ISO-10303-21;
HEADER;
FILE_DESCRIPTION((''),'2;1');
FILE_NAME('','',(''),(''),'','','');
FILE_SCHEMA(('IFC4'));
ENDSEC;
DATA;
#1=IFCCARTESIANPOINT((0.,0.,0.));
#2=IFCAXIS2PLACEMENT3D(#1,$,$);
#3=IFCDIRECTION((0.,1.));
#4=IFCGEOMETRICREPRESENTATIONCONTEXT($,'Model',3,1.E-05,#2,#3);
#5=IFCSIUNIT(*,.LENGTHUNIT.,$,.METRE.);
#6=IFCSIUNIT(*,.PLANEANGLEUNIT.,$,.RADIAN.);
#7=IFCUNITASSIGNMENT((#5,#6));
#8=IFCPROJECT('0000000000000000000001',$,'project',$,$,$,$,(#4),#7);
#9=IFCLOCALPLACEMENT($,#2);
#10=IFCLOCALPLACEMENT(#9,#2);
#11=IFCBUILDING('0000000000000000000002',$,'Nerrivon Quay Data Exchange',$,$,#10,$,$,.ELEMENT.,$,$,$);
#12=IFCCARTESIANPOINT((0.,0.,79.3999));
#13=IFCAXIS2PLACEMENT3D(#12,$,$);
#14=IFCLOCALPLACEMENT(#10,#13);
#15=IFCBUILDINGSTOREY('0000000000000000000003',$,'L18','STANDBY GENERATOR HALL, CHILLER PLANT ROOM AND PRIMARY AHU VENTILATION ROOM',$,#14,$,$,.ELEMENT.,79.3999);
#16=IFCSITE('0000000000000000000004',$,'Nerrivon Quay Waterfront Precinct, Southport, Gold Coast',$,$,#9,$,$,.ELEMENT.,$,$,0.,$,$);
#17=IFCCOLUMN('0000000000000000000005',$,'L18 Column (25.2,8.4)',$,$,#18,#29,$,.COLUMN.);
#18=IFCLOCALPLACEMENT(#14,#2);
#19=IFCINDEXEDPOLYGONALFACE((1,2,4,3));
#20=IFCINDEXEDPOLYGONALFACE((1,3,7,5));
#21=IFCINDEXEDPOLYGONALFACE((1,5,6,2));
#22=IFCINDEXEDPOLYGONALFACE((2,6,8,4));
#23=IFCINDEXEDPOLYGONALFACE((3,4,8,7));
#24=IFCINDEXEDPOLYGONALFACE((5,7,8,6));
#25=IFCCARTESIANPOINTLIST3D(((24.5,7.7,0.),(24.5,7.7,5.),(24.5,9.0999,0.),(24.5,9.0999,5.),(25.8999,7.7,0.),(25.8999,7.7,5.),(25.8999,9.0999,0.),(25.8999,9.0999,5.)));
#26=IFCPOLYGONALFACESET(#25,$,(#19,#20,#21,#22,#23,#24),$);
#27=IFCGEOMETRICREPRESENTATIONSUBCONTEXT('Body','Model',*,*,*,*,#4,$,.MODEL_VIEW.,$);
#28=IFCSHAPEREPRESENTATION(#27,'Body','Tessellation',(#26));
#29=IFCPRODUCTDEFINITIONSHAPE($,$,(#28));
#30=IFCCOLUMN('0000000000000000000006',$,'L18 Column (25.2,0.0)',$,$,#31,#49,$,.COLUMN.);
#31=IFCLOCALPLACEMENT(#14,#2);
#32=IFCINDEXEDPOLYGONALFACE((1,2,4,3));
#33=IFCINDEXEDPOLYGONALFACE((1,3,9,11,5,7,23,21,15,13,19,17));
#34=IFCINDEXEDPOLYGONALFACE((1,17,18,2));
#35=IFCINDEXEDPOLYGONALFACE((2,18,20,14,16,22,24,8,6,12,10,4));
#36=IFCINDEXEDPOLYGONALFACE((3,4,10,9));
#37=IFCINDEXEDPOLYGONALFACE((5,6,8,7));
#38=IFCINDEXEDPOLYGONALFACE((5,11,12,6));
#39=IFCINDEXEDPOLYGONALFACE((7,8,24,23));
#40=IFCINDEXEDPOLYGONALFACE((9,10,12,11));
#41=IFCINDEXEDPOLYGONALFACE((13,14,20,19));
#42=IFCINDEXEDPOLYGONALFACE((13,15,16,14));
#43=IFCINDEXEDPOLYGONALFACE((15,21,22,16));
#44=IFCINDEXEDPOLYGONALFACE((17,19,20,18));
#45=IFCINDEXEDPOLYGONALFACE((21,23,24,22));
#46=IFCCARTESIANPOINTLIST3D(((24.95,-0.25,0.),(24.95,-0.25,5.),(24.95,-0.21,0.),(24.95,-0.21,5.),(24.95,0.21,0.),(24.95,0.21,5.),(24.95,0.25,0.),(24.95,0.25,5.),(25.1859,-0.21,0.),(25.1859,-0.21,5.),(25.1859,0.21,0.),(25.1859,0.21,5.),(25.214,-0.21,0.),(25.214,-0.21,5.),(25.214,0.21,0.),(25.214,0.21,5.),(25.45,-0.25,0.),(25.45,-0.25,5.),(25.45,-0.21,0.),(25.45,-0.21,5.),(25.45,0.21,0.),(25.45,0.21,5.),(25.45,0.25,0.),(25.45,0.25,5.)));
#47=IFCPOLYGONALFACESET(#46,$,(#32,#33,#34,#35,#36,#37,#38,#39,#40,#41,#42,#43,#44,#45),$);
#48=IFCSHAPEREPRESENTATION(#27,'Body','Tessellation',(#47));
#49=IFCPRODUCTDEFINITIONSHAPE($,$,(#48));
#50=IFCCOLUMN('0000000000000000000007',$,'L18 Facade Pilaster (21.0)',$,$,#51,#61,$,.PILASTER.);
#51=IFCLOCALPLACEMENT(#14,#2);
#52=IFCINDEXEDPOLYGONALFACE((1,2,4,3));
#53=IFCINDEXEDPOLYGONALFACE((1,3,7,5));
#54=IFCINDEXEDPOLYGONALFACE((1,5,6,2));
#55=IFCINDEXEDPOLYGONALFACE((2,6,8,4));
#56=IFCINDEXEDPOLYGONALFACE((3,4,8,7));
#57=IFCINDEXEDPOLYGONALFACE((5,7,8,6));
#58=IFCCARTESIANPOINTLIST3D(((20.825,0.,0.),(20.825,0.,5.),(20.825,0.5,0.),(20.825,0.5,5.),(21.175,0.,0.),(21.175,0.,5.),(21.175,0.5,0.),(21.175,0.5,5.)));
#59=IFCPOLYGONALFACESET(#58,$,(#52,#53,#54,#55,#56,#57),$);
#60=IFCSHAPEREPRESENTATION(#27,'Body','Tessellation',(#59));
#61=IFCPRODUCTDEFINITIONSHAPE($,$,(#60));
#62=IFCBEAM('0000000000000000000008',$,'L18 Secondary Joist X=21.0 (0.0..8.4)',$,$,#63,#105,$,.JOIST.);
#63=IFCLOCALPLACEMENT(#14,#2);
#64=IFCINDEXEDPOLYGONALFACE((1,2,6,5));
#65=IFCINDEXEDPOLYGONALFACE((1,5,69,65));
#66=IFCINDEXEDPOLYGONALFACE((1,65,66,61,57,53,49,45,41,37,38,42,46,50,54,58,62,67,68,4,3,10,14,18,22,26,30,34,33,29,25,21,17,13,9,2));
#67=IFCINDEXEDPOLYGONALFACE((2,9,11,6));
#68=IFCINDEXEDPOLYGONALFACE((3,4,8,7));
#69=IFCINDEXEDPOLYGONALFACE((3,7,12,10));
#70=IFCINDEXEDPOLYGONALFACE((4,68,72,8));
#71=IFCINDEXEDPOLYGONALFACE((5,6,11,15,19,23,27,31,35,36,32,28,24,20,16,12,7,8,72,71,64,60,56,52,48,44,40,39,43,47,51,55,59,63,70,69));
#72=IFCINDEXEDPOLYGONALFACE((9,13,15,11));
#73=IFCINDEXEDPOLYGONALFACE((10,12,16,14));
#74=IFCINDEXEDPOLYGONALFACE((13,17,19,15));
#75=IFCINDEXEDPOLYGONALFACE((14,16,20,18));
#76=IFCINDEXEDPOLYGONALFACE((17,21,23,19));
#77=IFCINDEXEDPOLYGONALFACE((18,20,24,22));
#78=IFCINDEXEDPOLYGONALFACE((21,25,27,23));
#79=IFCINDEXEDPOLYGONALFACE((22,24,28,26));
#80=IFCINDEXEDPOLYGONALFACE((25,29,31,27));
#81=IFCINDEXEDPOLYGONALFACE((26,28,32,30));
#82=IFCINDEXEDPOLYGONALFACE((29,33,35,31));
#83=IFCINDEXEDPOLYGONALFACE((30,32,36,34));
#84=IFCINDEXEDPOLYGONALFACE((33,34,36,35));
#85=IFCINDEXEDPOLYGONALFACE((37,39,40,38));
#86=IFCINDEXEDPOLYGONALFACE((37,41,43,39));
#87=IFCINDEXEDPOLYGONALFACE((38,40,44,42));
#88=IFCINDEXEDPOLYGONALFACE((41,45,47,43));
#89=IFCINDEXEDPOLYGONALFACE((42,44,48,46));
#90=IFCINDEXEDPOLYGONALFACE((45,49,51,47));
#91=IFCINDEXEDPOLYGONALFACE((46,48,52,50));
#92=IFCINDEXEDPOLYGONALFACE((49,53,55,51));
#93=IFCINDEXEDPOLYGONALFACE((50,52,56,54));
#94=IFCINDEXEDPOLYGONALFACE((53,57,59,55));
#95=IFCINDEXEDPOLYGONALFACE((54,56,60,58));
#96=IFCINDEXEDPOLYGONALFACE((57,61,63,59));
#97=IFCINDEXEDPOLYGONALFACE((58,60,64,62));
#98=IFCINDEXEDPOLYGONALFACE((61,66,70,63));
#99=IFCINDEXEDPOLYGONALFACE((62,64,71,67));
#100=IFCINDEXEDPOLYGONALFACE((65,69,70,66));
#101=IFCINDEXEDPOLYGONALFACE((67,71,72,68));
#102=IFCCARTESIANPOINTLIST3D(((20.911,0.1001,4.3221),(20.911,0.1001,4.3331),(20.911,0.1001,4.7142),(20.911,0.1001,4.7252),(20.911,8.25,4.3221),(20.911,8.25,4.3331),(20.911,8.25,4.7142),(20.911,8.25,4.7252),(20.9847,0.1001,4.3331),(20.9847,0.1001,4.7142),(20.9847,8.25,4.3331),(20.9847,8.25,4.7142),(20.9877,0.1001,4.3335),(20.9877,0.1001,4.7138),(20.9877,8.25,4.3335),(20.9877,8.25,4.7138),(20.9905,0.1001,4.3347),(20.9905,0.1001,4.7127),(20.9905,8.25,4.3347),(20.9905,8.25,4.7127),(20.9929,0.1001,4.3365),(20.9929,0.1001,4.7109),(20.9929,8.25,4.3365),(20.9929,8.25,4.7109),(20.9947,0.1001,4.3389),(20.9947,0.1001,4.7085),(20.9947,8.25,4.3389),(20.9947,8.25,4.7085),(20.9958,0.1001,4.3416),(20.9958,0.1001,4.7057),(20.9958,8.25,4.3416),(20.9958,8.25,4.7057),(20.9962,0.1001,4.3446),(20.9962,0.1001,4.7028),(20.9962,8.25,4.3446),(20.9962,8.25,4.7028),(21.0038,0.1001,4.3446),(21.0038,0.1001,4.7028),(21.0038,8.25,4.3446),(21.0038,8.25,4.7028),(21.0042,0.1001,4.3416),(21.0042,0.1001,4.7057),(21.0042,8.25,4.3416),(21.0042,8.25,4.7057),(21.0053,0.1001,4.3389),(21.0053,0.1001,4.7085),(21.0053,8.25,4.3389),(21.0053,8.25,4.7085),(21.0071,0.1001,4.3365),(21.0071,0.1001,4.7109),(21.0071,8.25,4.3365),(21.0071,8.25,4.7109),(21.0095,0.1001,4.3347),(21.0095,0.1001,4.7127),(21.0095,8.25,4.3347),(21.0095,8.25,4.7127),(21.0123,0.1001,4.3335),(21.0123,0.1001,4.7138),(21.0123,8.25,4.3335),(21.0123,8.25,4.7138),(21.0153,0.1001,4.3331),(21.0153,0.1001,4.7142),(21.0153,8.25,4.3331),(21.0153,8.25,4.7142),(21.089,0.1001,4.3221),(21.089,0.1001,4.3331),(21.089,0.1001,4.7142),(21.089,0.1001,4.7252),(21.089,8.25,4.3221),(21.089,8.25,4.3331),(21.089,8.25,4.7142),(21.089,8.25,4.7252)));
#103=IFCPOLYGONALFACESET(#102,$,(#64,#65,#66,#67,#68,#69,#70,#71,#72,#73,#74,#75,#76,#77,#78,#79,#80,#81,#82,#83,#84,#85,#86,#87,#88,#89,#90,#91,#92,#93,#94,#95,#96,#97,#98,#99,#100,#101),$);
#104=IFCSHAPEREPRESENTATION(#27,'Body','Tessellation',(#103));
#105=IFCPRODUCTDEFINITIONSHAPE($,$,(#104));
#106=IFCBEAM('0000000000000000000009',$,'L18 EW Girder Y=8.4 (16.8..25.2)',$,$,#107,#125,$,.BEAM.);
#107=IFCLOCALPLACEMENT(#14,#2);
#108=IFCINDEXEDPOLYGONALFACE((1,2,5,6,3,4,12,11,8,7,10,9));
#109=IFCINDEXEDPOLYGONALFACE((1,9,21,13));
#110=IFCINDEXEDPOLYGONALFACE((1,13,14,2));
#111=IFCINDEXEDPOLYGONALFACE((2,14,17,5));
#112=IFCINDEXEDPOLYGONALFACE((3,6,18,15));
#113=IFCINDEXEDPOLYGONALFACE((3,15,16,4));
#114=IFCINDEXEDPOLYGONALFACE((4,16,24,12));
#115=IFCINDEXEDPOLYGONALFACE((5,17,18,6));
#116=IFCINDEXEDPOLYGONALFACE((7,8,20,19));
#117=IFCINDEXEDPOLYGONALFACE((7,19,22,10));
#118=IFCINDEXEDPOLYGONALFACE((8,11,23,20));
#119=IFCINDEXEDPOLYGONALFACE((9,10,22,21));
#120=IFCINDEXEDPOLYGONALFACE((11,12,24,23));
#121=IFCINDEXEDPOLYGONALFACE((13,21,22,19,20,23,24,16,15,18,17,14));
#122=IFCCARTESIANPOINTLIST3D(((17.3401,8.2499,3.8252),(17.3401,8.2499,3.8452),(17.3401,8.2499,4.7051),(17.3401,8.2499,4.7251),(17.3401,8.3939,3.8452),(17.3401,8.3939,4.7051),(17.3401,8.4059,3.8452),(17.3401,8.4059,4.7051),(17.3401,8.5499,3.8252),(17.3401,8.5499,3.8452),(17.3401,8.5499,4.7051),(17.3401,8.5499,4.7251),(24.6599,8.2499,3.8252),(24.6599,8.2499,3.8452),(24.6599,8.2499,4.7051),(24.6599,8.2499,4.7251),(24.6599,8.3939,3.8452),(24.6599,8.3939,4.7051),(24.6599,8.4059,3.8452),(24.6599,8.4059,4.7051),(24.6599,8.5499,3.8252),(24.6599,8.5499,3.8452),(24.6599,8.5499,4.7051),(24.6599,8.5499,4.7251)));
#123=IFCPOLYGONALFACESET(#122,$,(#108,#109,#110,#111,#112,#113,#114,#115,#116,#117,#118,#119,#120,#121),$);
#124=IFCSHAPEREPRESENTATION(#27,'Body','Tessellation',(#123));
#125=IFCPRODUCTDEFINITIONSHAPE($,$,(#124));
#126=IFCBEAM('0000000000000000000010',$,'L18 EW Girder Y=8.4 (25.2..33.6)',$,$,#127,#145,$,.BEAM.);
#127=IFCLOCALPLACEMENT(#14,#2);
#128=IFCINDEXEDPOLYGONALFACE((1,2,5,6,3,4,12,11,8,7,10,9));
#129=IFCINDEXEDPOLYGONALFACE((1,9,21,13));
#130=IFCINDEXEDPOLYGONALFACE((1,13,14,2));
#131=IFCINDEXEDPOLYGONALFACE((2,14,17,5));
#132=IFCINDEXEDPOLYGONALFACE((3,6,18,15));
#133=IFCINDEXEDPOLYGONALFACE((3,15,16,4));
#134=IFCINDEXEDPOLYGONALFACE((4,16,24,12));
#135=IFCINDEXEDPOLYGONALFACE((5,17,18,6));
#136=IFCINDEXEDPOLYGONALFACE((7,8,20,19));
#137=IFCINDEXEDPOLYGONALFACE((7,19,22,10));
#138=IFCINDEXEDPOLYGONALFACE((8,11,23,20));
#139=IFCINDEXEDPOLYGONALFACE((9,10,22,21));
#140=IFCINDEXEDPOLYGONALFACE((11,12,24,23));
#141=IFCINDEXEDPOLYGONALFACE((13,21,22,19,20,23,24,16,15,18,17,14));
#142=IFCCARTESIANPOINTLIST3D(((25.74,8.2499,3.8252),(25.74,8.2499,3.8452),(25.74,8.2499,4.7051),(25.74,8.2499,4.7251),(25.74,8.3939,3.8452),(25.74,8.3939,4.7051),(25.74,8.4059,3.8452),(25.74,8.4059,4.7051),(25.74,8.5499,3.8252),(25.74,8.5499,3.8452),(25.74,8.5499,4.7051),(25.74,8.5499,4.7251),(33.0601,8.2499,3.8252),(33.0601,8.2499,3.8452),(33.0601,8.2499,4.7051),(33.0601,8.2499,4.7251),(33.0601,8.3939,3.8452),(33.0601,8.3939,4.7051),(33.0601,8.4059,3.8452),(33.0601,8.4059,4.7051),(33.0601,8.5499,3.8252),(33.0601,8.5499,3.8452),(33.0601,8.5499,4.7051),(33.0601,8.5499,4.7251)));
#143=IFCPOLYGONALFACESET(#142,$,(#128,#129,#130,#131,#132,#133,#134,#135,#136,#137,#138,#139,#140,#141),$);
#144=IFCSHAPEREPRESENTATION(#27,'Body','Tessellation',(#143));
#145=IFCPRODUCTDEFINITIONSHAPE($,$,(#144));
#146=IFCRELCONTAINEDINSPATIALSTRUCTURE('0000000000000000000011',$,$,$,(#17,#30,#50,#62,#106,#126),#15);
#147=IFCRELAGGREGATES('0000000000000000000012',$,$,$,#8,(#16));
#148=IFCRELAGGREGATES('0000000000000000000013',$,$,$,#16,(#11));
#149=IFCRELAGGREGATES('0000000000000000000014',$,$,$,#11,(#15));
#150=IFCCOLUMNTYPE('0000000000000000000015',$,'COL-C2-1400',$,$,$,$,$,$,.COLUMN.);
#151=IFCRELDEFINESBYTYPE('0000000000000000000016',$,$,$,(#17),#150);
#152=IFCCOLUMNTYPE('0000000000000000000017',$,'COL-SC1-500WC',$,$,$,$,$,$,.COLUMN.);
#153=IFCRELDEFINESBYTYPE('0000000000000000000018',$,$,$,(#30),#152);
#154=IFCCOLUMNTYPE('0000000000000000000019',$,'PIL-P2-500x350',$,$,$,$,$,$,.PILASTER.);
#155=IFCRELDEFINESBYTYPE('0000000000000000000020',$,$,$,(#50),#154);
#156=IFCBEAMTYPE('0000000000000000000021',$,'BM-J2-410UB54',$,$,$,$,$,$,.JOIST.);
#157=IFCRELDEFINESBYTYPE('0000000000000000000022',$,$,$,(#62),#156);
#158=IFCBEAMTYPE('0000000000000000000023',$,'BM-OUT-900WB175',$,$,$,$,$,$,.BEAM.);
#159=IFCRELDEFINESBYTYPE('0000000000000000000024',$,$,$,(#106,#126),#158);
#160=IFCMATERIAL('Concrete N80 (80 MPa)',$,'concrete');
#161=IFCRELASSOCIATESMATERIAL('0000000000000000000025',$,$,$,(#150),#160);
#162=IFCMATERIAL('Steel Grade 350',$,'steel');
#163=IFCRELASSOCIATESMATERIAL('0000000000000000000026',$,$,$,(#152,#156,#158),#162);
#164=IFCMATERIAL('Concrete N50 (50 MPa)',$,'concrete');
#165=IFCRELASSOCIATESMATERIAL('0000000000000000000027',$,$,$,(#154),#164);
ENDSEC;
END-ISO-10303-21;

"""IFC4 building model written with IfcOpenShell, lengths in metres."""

from ifc_helpers import new_model, si_unit, direction, frame, origin, origin_2d, place, context, subcontext, project, spatial, rectangle, i_section, extrude, material, material_profile, profile_set, type_object, element, save


model = new_model("IFC4")

# Units and contexts
model_context = context("Model", 3, precision=1e-05, world=origin(), true_north=direction((0.0, 1.0)))
body_context = subcontext(model_context, "Body", "Model", "MODEL_VIEW")
ifc_project = project(units=[si_unit("LENGTHUNIT", "METRE"), si_unit("PLANEANGLEUNIT", "RADIAN")], contexts=[model_context])

# Site, building, storey
site_placement = place(None, origin())
site = spatial("IfcSite", under=ifc_project, at=site_placement, Name="Nerrivon Quay Waterfront Precinct, Southport, Gold Coast", CompositionType="ELEMENT", RefElevation=0.0)
building_placement = place(site_placement, origin())
building = spatial("IfcBuilding", under=site, at=building_placement, Name="Nerrivon Quay Data Exchange", CompositionType="ELEMENT")
storey_placement = place(building_placement, frame((0.0, 0.0, 79.3999)))
storey = spatial("IfcBuildingStorey", under=building, at=storey_placement, Name="L18", Description="STANDBY GENERATOR HALL, CHILLER PLANT ROOM AND PRIMARY AHU VENTILATION ROOM", CompositionType="ELEMENT", Elevation=79.3999)

# Columns
ifc_material_1 = material(Name="Concrete N80 (80 MPa)", Category="concrete")
ifc_material_profile_1 = material_profile(ifc_material_1, rectangle(XDim=1.3999, YDim=1.3999, at=origin_2d()), Name="RC-COL-1400x1400")
ifc_profile_set_1 = profile_set([ifc_material_profile_1], Name="Concrete N80 (80 MPa)")
column_type_1 = type_object("IfcColumnType", Name="COL-C2-1400", PredefinedType="COLUMN", material=ifc_profile_set_1)
column_1_placement = place(storey_placement, frame((25.2, 8.3999, 0.0), z_axis=(0.0, 0.0, 1.0), x_axis=(1.0, 0.0, 0.0)))
element("IfcColumn", 1, at=column_1_placement, inside=storey, type_object=column_type_1, Name="L18 Column (25.2,8.4)", PredefinedType="COLUMN", context=body_context, shape_type="SweptSolid", body=[
    extrude(rectangle(XDim=1.3999, YDim=1.3999, at=origin_2d()), origin(), (0.0, 0.0, 1.0), 5.0),
])
ifc_material_2 = material(Name="Steel Grade 350", Category="steel")
ifc_material_profile_2 = material_profile(ifc_material_2, i_section(OverallWidth=0.5, OverallDepth=0.5, WebThickness=0.0281, FlangeThickness=0.04, at=origin_2d()), Name="500WC440")
ifc_profile_set_2 = profile_set([ifc_material_profile_2], Name="Steel Grade 350")
column_type_2 = type_object("IfcColumnType", Name="COL-SC1-500WC", PredefinedType="COLUMN", material=ifc_profile_set_2)
column_2_placement = place(storey_placement, frame((25.2, 0.0, 0.0), z_axis=(0.0, 0.0, 1.0), x_axis=(1.0, 0.0, 0.0)))
element("IfcColumn", 2, at=column_2_placement, inside=storey, type_object=column_type_2, Name="L18 Column (25.2,0.0)", PredefinedType="COLUMN", context=body_context, shape_type="SweptSolid", body=[
    extrude(i_section(OverallWidth=0.5, OverallDepth=0.5, WebThickness=0.0281, FlangeThickness=0.04, at=origin_2d()), origin(), (0.0, 0.0, 1.0), 5.0),
])
ifc_material_3 = material(Name="Concrete N50 (50 MPa)", Category="concrete")
ifc_material_profile_3 = material_profile(ifc_material_3, rectangle(XDim=0.3501, YDim=0.5, at=origin_2d()), Name="RC-PIL-500x350")
ifc_profile_set_3 = profile_set([ifc_material_profile_3], Name="Concrete N50 (50 MPa)")
column_type_3 = type_object("IfcColumnType", Name="PIL-P2-500x350", PredefinedType="PILASTER", material=ifc_profile_set_3)
column_3_placement = place(storey_placement, frame((21.0, 0.25, 0.0), z_axis=(0.0, 0.0, 1.0), x_axis=(1.0, 0.0, 0.0)))
element("IfcColumn", 3, at=column_3_placement, inside=storey, type_object=column_type_3, Name="L18 Facade Pilaster (21.0)", PredefinedType="PILASTER", context=body_context, shape_type="SweptSolid", body=[
    extrude(rectangle(XDim=0.3501, YDim=0.5, at=origin_2d()), origin(), (0.0, 0.0, 1.0), 5.0),
])

# Beams
ifc_material_profile_4 = material_profile(ifc_material_2, i_section(OverallWidth=0.178, OverallDepth=0.4031, WebThickness=0.0076, FlangeThickness=0.011, FilletRadius=0.0115, at=origin_2d()), Name="410UB53.7")
ifc_profile_set_4 = profile_set([ifc_material_profile_4], Name="Steel Grade 350")
beam_type_1 = type_object("IfcBeamType", Name="BM-J2-410UB54", PredefinedType="JOIST", material=ifc_profile_set_4)
beam_1_placement = place(storey_placement, frame((21.0, 0.1001, 4.5237), z_axis=(0.0, 1.0, 0.0), x_axis=(-1.0, 0.0, 0.0)))
element("IfcBeam", 4, at=beam_1_placement, inside=storey, type_object=beam_type_1, Name="L18 Secondary Joist X=21.0 (0.0..8.4)", PredefinedType="JOIST", context=body_context, shape_type="SweptSolid", body=[
    extrude(i_section(OverallWidth=0.178, OverallDepth=0.4031, WebThickness=0.0076, FlangeThickness=0.011, FilletRadius=0.0115, at=origin_2d()), origin(), (0.0, 0.0, 1.0), 8.1499),
])
ifc_material_profile_5 = material_profile(ifc_material_2, i_section(OverallWidth=0.3, OverallDepth=0.8999, WebThickness=0.012, FlangeThickness=0.02, at=origin_2d()), Name="900WB175")
ifc_profile_set_5 = profile_set([ifc_material_profile_5], Name="Steel Grade 350")
beam_type_2 = type_object("IfcBeamType", Name="BM-OUT-900WB175", PredefinedType="BEAM", material=ifc_profile_set_5)
beam_2_placement = place(storey_placement, frame((17.3401, 8.3999, 4.2751), z_axis=(1.0, 0.0, 0.0), x_axis=(0.0, 1.0, 0.0)))
element("IfcBeam", 5, at=beam_2_placement, inside=storey, type_object=beam_type_2, Name="L18 EW Girder Y=8.4 (16.8..25.2)", PredefinedType="BEAM", context=body_context, shape_type="SweptSolid", body=[
    extrude(i_section(OverallWidth=0.3, OverallDepth=0.8999, WebThickness=0.012, FlangeThickness=0.02, at=origin_2d()), origin(), (0.0, 0.0, 1.0), 7.3198),
])
beam_3_placement = place(storey_placement, frame((25.74, 8.3999, 4.2751), z_axis=(1.0, 0.0, 0.0), x_axis=(0.0, 1.0, 0.0)))
element("IfcBeam", 6, at=beam_3_placement, inside=storey, type_object=beam_type_2, Name="L18 EW Girder Y=8.4 (25.2..33.6)", PredefinedType="BEAM", context=body_context, shape_type="SweptSolid", body=[
    extrude(i_section(OverallWidth=0.3, OverallDepth=0.8999, WebThickness=0.012, FlangeThickness=0.02, at=origin_2d()), origin(), (0.0, 0.0, 1.0), 7.3201),
])

save(model, "model.ifc")
